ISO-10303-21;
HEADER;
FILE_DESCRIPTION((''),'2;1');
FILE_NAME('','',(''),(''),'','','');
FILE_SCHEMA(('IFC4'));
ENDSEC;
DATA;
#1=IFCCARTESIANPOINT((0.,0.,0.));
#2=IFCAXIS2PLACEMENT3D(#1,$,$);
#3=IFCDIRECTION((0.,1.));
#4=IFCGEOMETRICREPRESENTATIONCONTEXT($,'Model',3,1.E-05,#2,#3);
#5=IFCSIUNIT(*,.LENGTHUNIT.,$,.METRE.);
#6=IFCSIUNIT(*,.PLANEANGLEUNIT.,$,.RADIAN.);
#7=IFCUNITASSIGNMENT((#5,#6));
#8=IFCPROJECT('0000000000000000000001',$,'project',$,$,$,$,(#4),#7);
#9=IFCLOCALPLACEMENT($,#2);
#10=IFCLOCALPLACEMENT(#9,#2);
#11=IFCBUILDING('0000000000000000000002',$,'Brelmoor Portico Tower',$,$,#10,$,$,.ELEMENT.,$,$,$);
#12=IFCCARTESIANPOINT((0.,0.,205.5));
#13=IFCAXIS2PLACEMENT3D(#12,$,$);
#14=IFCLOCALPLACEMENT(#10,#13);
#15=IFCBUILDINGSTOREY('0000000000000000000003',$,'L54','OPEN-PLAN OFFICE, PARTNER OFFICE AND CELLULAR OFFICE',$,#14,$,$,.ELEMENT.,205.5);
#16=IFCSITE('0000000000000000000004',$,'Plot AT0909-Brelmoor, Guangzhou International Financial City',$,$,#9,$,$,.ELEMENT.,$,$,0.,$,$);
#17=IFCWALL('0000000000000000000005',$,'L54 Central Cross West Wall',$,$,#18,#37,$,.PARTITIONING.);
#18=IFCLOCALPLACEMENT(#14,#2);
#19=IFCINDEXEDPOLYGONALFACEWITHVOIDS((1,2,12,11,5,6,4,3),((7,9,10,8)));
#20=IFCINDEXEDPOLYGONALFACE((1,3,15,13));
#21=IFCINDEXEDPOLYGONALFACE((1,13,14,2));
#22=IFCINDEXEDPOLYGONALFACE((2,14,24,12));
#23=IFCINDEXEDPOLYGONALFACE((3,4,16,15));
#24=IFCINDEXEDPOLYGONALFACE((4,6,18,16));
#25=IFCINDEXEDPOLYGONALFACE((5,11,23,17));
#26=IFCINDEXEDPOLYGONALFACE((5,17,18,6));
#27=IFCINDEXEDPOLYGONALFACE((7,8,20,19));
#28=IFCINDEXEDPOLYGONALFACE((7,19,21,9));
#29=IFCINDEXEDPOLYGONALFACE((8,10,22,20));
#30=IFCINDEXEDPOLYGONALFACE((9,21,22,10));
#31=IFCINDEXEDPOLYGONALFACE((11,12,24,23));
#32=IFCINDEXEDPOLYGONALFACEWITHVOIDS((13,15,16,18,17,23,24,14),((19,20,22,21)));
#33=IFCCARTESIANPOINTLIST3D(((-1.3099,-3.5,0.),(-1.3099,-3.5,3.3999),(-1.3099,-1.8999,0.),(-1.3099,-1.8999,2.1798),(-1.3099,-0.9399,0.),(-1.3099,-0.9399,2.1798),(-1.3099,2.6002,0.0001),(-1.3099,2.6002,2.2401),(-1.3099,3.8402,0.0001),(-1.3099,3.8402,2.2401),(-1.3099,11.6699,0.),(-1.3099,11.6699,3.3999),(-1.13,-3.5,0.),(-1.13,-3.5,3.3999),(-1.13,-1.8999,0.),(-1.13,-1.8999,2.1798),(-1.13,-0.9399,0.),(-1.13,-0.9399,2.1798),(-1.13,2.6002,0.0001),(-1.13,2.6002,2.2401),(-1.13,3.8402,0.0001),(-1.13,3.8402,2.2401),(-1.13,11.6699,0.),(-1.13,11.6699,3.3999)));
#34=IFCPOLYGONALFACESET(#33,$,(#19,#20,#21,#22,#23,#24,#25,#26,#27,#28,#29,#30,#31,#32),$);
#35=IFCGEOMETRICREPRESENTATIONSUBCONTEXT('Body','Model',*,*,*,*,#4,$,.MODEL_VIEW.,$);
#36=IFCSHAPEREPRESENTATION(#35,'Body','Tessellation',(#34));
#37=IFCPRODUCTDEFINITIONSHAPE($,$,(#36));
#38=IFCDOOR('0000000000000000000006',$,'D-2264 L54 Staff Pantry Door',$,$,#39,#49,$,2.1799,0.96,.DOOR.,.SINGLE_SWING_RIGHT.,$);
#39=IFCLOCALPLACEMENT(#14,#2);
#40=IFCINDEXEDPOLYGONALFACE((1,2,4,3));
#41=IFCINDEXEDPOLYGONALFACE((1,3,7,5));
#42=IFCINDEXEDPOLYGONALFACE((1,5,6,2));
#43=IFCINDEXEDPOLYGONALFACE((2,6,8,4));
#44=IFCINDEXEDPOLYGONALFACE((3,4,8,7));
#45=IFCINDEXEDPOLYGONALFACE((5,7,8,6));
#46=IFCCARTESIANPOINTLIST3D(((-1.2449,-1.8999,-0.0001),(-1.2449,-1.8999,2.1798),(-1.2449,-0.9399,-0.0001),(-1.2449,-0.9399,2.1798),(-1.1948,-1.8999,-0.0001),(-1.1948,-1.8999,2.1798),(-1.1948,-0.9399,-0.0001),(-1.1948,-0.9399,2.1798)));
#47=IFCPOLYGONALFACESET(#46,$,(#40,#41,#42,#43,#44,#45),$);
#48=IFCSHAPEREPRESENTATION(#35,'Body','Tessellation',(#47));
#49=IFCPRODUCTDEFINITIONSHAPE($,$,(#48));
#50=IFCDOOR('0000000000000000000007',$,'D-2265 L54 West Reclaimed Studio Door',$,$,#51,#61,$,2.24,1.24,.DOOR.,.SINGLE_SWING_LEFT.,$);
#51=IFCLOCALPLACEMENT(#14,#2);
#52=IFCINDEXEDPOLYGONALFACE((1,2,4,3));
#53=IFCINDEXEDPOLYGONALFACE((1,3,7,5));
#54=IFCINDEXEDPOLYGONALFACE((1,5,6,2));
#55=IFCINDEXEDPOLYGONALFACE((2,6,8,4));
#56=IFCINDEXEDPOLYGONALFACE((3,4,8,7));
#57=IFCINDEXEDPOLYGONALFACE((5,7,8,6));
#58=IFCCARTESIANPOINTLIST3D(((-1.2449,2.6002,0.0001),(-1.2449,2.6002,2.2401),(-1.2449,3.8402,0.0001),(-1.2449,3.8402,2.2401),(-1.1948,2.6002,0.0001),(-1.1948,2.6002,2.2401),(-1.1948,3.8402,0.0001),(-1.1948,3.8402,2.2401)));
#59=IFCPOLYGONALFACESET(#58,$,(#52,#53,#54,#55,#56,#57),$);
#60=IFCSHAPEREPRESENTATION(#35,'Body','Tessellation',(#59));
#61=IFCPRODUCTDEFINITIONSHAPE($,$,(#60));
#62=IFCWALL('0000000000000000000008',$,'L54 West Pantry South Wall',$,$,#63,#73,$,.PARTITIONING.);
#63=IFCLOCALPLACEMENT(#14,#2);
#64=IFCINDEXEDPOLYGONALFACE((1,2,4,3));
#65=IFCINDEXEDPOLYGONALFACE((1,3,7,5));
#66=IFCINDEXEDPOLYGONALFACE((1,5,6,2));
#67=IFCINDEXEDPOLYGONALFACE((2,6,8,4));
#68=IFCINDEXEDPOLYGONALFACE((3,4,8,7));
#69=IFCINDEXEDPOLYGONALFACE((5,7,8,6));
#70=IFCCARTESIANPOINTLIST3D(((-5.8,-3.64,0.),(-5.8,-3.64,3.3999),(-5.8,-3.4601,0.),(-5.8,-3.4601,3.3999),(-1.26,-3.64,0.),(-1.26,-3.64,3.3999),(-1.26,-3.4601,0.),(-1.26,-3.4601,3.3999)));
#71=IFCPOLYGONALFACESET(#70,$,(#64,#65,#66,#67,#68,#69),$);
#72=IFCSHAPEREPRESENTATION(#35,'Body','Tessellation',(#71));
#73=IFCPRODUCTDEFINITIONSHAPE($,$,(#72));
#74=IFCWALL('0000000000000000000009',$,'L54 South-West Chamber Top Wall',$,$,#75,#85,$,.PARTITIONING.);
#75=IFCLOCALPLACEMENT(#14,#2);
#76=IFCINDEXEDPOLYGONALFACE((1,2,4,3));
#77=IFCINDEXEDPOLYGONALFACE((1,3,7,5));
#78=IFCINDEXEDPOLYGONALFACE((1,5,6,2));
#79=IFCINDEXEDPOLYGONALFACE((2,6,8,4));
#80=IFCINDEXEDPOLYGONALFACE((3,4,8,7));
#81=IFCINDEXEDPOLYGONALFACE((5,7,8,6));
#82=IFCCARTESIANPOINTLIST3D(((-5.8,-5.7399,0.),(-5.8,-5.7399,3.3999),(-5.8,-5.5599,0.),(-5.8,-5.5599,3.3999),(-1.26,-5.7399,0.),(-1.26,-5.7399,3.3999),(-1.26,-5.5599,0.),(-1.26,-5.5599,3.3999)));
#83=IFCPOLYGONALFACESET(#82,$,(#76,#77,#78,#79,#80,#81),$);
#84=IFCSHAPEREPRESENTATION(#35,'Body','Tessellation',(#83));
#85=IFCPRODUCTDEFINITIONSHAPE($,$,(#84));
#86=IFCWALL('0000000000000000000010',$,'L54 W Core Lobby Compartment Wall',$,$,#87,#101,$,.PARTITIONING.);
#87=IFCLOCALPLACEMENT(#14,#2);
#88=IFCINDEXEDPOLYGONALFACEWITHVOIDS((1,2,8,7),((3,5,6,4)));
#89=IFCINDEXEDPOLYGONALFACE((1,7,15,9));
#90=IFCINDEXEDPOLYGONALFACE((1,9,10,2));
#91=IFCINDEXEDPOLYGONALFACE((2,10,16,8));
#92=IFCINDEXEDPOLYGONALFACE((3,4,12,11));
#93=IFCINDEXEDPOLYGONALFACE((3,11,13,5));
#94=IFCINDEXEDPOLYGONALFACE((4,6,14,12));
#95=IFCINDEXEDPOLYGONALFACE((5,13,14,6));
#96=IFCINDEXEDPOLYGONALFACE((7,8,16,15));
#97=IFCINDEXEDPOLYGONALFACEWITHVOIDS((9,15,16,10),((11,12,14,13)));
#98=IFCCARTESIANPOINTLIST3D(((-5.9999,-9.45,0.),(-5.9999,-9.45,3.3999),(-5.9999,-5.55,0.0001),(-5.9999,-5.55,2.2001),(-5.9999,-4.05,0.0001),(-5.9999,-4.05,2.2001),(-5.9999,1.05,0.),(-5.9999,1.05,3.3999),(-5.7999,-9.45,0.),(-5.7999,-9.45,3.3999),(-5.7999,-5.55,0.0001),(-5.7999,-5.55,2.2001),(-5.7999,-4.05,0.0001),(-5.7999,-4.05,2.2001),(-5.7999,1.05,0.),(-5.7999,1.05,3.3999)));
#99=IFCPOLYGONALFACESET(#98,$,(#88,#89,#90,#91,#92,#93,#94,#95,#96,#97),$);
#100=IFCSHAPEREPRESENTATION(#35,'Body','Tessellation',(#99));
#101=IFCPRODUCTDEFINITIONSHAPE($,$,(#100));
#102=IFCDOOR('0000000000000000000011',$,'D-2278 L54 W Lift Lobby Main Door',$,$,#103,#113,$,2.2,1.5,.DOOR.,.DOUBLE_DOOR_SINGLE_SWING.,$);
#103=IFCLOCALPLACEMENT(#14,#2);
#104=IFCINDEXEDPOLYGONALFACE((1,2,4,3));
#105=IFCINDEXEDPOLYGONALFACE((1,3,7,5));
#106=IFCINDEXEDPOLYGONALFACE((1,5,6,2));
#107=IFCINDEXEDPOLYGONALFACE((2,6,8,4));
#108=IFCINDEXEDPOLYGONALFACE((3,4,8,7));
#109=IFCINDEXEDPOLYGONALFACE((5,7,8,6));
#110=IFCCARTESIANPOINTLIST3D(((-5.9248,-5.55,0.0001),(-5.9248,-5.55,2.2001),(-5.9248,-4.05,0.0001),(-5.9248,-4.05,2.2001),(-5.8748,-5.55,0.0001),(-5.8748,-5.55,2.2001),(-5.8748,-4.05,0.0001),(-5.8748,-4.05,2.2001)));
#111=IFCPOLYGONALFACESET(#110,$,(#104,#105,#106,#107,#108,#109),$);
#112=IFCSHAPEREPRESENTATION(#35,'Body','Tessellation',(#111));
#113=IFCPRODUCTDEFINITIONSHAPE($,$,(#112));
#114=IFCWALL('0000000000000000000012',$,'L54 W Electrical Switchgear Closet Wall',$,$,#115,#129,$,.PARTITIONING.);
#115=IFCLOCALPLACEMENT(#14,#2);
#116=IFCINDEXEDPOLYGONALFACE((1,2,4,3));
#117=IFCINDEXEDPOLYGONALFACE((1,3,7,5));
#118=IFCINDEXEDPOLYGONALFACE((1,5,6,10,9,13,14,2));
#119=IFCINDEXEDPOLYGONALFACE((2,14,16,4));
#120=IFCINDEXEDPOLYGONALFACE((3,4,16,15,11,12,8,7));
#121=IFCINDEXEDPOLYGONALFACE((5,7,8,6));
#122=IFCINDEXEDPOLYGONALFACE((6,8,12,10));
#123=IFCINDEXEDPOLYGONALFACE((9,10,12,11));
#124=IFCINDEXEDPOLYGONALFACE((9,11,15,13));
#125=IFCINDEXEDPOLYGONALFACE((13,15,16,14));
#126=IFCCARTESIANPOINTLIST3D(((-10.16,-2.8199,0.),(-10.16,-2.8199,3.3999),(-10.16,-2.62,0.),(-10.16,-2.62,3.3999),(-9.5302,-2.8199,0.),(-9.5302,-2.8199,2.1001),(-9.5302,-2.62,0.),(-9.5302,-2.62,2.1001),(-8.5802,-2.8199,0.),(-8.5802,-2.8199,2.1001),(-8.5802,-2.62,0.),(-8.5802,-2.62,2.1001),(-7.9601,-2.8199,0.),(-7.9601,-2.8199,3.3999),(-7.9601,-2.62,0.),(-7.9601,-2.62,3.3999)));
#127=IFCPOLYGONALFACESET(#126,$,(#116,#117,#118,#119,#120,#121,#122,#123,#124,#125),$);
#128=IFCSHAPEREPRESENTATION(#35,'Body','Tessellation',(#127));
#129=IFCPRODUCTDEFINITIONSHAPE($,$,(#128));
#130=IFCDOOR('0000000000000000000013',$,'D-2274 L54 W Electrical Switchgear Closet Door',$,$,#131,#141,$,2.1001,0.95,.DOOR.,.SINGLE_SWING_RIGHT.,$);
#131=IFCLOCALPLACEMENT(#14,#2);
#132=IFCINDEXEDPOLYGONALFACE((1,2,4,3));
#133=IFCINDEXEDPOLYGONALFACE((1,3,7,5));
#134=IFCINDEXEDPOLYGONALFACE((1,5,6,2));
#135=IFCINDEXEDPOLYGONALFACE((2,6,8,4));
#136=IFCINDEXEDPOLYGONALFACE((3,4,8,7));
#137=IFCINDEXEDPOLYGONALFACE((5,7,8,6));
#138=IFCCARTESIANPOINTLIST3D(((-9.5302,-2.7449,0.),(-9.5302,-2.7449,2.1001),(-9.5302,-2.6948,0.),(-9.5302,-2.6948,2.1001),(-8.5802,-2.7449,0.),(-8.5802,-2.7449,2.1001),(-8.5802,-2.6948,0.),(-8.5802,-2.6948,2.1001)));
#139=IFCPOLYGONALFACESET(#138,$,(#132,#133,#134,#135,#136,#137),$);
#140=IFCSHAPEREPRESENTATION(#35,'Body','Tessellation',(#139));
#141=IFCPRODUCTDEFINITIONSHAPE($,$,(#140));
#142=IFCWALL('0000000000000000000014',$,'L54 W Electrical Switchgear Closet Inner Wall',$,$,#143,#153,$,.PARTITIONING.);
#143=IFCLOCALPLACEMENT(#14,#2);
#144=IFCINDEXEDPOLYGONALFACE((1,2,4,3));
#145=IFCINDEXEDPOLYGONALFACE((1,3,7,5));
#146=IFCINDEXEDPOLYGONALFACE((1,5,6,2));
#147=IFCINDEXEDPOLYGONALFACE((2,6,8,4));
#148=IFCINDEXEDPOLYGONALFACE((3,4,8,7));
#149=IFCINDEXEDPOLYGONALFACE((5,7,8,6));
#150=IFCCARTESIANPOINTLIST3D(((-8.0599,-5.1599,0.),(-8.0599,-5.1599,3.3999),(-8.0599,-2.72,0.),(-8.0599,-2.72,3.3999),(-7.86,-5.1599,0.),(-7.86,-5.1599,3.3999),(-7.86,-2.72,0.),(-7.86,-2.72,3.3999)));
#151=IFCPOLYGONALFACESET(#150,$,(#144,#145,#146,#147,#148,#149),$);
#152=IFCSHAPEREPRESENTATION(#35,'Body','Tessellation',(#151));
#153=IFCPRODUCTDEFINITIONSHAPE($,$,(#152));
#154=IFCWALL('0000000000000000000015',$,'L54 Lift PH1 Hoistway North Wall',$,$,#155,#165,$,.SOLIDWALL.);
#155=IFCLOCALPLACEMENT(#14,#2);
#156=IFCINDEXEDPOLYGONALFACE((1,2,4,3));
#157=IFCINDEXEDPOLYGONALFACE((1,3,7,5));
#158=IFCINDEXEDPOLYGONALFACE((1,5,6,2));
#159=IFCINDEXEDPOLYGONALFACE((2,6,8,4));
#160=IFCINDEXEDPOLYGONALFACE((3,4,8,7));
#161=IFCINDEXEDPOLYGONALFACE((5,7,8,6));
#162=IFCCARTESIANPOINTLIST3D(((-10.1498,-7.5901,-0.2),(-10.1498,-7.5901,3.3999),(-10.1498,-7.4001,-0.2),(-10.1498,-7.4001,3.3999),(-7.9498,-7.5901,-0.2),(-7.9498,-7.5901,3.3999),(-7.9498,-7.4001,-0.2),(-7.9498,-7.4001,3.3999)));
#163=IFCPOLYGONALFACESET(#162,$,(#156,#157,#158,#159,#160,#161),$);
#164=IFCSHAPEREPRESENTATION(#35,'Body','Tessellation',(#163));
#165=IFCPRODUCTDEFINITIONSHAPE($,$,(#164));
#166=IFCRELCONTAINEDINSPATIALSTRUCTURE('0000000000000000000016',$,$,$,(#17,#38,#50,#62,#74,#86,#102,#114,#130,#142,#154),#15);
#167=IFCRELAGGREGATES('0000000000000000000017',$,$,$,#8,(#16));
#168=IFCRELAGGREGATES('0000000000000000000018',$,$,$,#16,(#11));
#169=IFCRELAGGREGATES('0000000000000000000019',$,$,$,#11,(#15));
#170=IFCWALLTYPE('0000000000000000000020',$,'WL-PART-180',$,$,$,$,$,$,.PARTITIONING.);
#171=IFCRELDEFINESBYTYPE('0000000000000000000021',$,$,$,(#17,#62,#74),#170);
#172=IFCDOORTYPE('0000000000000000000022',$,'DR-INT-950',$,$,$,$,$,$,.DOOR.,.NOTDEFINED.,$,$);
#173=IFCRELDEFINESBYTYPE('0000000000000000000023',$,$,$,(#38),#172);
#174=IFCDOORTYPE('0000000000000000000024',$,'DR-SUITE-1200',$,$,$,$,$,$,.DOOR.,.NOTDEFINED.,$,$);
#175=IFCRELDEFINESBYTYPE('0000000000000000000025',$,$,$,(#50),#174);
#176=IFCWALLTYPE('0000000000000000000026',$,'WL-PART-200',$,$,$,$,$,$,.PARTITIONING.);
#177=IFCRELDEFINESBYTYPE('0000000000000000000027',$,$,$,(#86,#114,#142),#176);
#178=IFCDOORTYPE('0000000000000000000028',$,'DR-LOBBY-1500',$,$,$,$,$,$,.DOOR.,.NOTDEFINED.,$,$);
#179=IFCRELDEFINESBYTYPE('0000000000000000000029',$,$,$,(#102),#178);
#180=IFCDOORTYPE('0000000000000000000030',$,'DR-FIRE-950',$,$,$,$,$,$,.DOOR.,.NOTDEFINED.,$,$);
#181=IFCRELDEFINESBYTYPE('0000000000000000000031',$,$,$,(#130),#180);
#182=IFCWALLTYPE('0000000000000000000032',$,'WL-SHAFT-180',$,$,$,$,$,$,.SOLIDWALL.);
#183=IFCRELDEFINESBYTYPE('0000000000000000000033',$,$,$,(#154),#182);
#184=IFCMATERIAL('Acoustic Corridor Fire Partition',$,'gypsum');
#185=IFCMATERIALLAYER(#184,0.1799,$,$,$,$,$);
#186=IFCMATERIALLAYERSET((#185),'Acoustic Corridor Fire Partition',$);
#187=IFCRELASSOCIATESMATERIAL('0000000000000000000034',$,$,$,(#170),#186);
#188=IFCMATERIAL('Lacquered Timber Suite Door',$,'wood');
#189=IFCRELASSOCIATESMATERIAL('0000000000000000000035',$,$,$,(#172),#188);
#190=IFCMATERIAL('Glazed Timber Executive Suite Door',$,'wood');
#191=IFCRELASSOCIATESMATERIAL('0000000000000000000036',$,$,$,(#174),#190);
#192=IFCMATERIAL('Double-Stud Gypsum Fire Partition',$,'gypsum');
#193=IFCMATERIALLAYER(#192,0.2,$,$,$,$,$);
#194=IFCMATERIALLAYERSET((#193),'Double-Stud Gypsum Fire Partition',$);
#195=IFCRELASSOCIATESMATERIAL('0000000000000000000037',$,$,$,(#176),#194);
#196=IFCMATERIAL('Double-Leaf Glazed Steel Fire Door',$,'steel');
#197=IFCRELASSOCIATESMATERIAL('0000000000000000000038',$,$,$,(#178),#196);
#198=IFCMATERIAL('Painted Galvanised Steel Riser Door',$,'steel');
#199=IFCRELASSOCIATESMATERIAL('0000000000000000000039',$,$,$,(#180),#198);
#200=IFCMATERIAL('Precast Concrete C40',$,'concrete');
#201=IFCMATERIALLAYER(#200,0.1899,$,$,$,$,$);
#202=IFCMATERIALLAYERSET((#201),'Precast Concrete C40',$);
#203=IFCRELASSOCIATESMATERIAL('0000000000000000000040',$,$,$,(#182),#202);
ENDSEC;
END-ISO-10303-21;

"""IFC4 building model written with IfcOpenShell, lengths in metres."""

from ifc_helpers import new_model, si_unit, direction, frame, frame_2d, origin, place, context, subcontext, project, spatial, rectangle, extrude, material, layer, layer_set, type_object, element, fill, save


model = new_model("IFC4")

# Units and contexts
model_context = context("Model", 3, precision=1e-05, world=origin(), true_north=direction((0.0, 1.0)))
body_context = subcontext(model_context, "Body", "Model", "MODEL_VIEW")
ifc_project = project(units=[si_unit("LENGTHUNIT", "METRE"), si_unit("PLANEANGLEUNIT", "RADIAN")], contexts=[model_context])

# Site, building, storey
site_placement = place(None, origin())
site = spatial("IfcSite", under=ifc_project, at=site_placement, Name="Plot AT0909-Brelmoor, Guangzhou International Financial City", CompositionType="ELEMENT", RefElevation=0.0)
building_placement = place(site_placement, origin())
building = spatial("IfcBuilding", under=site, at=building_placement, Name="Brelmoor Portico Tower", CompositionType="ELEMENT")
storey_placement = place(building_placement, frame((0.0, 0.0, 205.5)))
storey = spatial("IfcBuildingStorey", under=building, at=storey_placement, Name="L54", Description="OPEN-PLAN OFFICE, PARTNER OFFICE AND CELLULAR OFFICE", CompositionType="ELEMENT", Elevation=205.5)

# Wall, openings, doors
ifc_material_1 = material(Name="Acoustic Corridor Fire Partition", Category="gypsum")
ifc_layer_1 = layer(ifc_material_1, 0.1799)
ifc_layer_set_1 = layer_set([ifc_layer_1], Name="Acoustic Corridor Fire Partition")
wall_type_1 = type_object("IfcWallType", Name="WL-PART-180", PredefinedType="PARTITIONING", material=ifc_layer_set_1)
wall_1_placement = place(storey_placement, frame((-1.22, -3.5, 0.0), z_axis=(0.0, 0.0, 1.0), x_axis=(0.0, 1.0, 0.0)))
wall_1 = element("IfcWall", 1, at=wall_1_placement, inside=storey, type_object=wall_type_1, Name="L54 Central Cross West Wall", PredefinedType="PARTITIONING", context=body_context, shape_type="SweptSolid", body=[
    extrude(rectangle(XDim=15.1699, YDim=0.1799, at=frame_2d((7.585, 0.0))), origin(), (0.0, 0.0, 1.0), 3.3999),
])
opening_1_placement = place(wall_1_placement, frame((6.1001, 0.0, 0.0)))
opening_1 = element("IfcOpeningElement", 2, at=opening_1_placement, cuts=wall_1, PredefinedType="OPENING", context=body_context, shape_type="SweptSolid", body=[
    extrude(rectangle(XDim=1.24, YDim=2.24, at=frame_2d((0.6201, 1.1201))), frame((0.0, 0.0999, 0.0), z_axis=(0.0, -1.0, 0.0), x_axis=(1.0, 0.0, 0.0)), (0.0, 0.0, 1.0), 0.2),
])
opening_2_placement = place(wall_1_placement, frame((1.6001, 0.0, 0.0)))
opening_2 = element("IfcOpeningElement", 3, at=opening_2_placement, cuts=wall_1, PredefinedType="OPENING", context=body_context, shape_type="SweptSolid", body=[
    extrude(rectangle(XDim=0.96, YDim=2.1799, at=frame_2d((0.48, 1.0898))), frame((0.0, 0.0999, 0.0), z_axis=(0.0, -1.0, 0.0), x_axis=(1.0, 0.0, 0.0)), (0.0, 0.0, 1.0), 0.2),
])
ifc_material_2 = material(Name="Lacquered Timber Suite Door", Category="wood")
door_type_1 = type_object("IfcDoorType", Name="DR-INT-950", OperationType="NOTDEFINED", PredefinedType="DOOR", material=ifc_material_2)
door_1_placement = place(opening_2_placement, origin())
door_1 = element("IfcDoor", 4, at=door_1_placement, inside=storey, type_object=door_type_1, Name="D-2264 L54 Staff Pantry Door", OperationType="SINGLE_SWING_RIGHT", OverallHeight=2.1799, OverallWidth=0.96, PredefinedType="DOOR", context=body_context, shape_type="SweptSolid", body=[
    extrude(rectangle(XDim=0.96, YDim=2.1799, at=frame_2d((0.48, 1.0898))), frame((0.0, 0.0249, 0.0), z_axis=(0.0, -1.0, 0.0), x_axis=(1.0, 0.0, 0.0)), (0.0, 0.0, 1.0), 0.05),
])
fill(opening_2, door_1)
ifc_material_3 = material(Name="Glazed Timber Executive Suite Door", Category="wood")
door_type_2 = type_object("IfcDoorType", Name="DR-SUITE-1200", OperationType="NOTDEFINED", PredefinedType="DOOR", material=ifc_material_3)
door_2_placement = place(opening_1_placement, origin())
door_2 = element("IfcDoor", 5, at=door_2_placement, inside=storey, type_object=door_type_2, Name="D-2265 L54 West Reclaimed Studio Door", OperationType="SINGLE_SWING_LEFT", OverallHeight=2.24, OverallWidth=1.24, PredefinedType="DOOR", context=body_context, shape_type="SweptSolid", body=[
    extrude(rectangle(XDim=1.24, YDim=2.24, at=frame_2d((0.6201, 1.1201))), frame((0.0, 0.0249, 0.0), z_axis=(0.0, -1.0, 0.0), x_axis=(1.0, 0.0, 0.0)), (0.0, 0.0, 1.0), 0.05),
])
fill(opening_1, door_2)

# Walls
for number, where, z_axis, x_axis, name in (
    (6, (-5.8, -3.55, 0.0), (0.0, 0.0, 1.0), (1.0, 0.0, 0.0), "L54 West Pantry South Wall"),
    (7, (-5.8, -5.6499, 0.0), (0.0, 0.0, 1.0), (1.0, 0.0, 0.0), "L54 South-West Chamber Top Wall"),
):
    element("IfcWall", number, at=place(storey_placement, frame(where, z_axis=z_axis, x_axis=x_axis)), inside=storey, type_object=wall_type_1, Name=name, PredefinedType="PARTITIONING", context=body_context, shape_type="SweptSolid", body=[
        extrude(rectangle(XDim=4.54, YDim=0.1799, at=frame_2d((2.27, 0.0))), origin(), (0.0, 0.0, 1.0), 3.3999),
    ])

# Walls, openings, doors
ifc_material_4 = material(Name="Double-Stud Gypsum Fire Partition", Category="gypsum")
ifc_layer_2 = layer(ifc_material_4, 0.2)
ifc_layer_set_2 = layer_set([ifc_layer_2], Name="Double-Stud Gypsum Fire Partition")
wall_type_2 = type_object("IfcWallType", Name="WL-PART-200", PredefinedType="PARTITIONING", material=ifc_layer_set_2)
wall_2_placement = place(storey_placement, frame((-5.8999, -9.45, 0.0), z_axis=(0.0, 0.0, 1.0), x_axis=(0.0, 1.0, 0.0)))
wall_2 = element("IfcWall", 8, at=wall_2_placement, inside=storey, type_object=wall_type_2, Name="L54 W Core Lobby Compartment Wall", PredefinedType="PARTITIONING", context=body_context, shape_type="SweptSolid", body=[
    extrude(rectangle(XDim=10.5, YDim=0.2, at=frame_2d((5.25, 0.0))), origin(), (0.0, 0.0, 1.0), 3.3999),
])
opening_3_placement = place(wall_2_placement, frame((3.8999, 0.0, 0.0)))
opening_3 = element("IfcOpeningElement", 9, at=opening_3_placement, cuts=wall_2, PredefinedType="OPENING", context=body_context, shape_type="SweptSolid", body=[
    extrude(rectangle(XDim=1.5, YDim=2.2, at=frame_2d((0.75, 1.1001))), frame((0.0, 0.1099, 0.0), z_axis=(0.0, -1.0, 0.0), x_axis=(1.0, 0.0, 0.0)), (0.0, 0.0, 1.0), 0.22),
])
ifc_material_5 = material(Name="Double-Leaf Glazed Steel Fire Door", Category="steel")
door_type_3 = type_object("IfcDoorType", Name="DR-LOBBY-1500", OperationType="NOTDEFINED", PredefinedType="DOOR", material=ifc_material_5)
door_3_placement = place(opening_3_placement, origin())
door_3 = element("IfcDoor", 10, at=door_3_placement, inside=storey, type_object=door_type_3, Name="D-2278 L54 W Lift Lobby Main Door", OperationType="DOUBLE_DOOR_SINGLE_SWING", OverallHeight=2.2, OverallWidth=1.5, PredefinedType="DOOR", context=body_context, shape_type="SweptSolid", body=[
    extrude(rectangle(XDim=1.5, YDim=2.2, at=frame_2d((0.75, 1.1001))), frame((0.0, 0.0249, 0.0), z_axis=(0.0, -1.0, 0.0), x_axis=(1.0, 0.0, 0.0)), (0.0, 0.0, 1.0), 0.05),
])
fill(opening_3, door_3)
wall_3_placement = place(storey_placement, frame((-7.96, -2.72, 0.0), z_axis=(0.0, 0.0, 1.0), x_axis=(-1.0, 0.0, 0.0)))
wall_3 = element("IfcWall", 11, at=wall_3_placement, inside=storey, type_object=wall_type_2, Name="L54 W Electrical Switchgear Closet Wall", PredefinedType="PARTITIONING", context=body_context, shape_type="SweptSolid", body=[
    extrude(rectangle(XDim=2.2, YDim=0.2, at=frame_2d((1.1001, 0.0))), origin(), (0.0, 0.0, 1.0), 3.3999),
])
opening_4_placement = place(wall_3_placement, frame((0.6201, 0.0, 0.0)))
opening_4 = element("IfcOpeningElement", 12, at=opening_4_placement, cuts=wall_3, PredefinedType="OPENING", context=body_context, shape_type="SweptSolid", body=[
    extrude(rectangle(XDim=0.95, YDim=2.1001, at=frame_2d((0.4751, 1.05))), frame((0.0, 0.1099, 0.0), z_axis=(0.0, -1.0, 0.0), x_axis=(1.0, 0.0, 0.0)), (0.0, 0.0, 1.0), 0.22),
])
ifc_material_6 = material(Name="Painted Galvanised Steel Riser Door", Category="steel")
door_type_4 = type_object("IfcDoorType", Name="DR-FIRE-950", OperationType="NOTDEFINED", PredefinedType="DOOR", material=ifc_material_6)
door_4_placement = place(opening_4_placement, origin())
door_4 = element("IfcDoor", 13, at=door_4_placement, inside=storey, type_object=door_type_4, Name="D-2274 L54 W Electrical Switchgear Closet Door", OperationType="SINGLE_SWING_RIGHT", OverallHeight=2.1001, OverallWidth=0.95, PredefinedType="DOOR", context=body_context, shape_type="SweptSolid", body=[
    extrude(rectangle(XDim=0.95, YDim=2.1001, at=frame_2d((0.4751, 1.05))), frame((0.0, 0.0249, 0.0), z_axis=(0.0, -1.0, 0.0), x_axis=(1.0, 0.0, 0.0)), (0.0, 0.0, 1.0), 0.05),
])
fill(opening_4, door_4)

# Walls
wall_4_placement = place(storey_placement, frame((-7.96, -5.1599, 0.0), z_axis=(0.0, 0.0, 1.0), x_axis=(0.0, 1.0, 0.0)))
element("IfcWall", 14, at=wall_4_placement, inside=storey, type_object=wall_type_2, Name="L54 W Electrical Switchgear Closet Inner Wall", PredefinedType="PARTITIONING", context=body_context, shape_type="SweptSolid", body=[
    extrude(rectangle(XDim=2.4399, YDim=0.2, at=frame_2d((1.22, 0.0))), origin(), (0.0, 0.0, 1.0), 3.3999),
])
ifc_material_7 = material(Name="Precast Concrete C40", Category="concrete")
ifc_layer_3 = layer(ifc_material_7, 0.1899)
ifc_layer_set_3 = layer_set([ifc_layer_3], Name="Precast Concrete C40")
wall_type_3 = type_object("IfcWallType", Name="WL-SHAFT-180", PredefinedType="SOLIDWALL", material=ifc_layer_set_3)
wall_5_placement = place(storey_placement, frame((-10.1499, -7.4951, -0.2), z_axis=(0.0, 0.0, 1.0), x_axis=(1.0, 0.0, 0.0)))
element("IfcWall", 15, at=wall_5_placement, inside=storey, type_object=wall_type_3, Name="L54 Lift PH1 Hoistway North Wall", PredefinedType="SOLIDWALL", context=body_context, shape_type="SweptSolid", body=[
    extrude(rectangle(XDim=2.2, YDim=0.1899, at=frame_2d((1.1001, 0.0))), origin(), (0.0, 0.0, 1.0), 3.5999),
])

save(model, "model.ifc")
